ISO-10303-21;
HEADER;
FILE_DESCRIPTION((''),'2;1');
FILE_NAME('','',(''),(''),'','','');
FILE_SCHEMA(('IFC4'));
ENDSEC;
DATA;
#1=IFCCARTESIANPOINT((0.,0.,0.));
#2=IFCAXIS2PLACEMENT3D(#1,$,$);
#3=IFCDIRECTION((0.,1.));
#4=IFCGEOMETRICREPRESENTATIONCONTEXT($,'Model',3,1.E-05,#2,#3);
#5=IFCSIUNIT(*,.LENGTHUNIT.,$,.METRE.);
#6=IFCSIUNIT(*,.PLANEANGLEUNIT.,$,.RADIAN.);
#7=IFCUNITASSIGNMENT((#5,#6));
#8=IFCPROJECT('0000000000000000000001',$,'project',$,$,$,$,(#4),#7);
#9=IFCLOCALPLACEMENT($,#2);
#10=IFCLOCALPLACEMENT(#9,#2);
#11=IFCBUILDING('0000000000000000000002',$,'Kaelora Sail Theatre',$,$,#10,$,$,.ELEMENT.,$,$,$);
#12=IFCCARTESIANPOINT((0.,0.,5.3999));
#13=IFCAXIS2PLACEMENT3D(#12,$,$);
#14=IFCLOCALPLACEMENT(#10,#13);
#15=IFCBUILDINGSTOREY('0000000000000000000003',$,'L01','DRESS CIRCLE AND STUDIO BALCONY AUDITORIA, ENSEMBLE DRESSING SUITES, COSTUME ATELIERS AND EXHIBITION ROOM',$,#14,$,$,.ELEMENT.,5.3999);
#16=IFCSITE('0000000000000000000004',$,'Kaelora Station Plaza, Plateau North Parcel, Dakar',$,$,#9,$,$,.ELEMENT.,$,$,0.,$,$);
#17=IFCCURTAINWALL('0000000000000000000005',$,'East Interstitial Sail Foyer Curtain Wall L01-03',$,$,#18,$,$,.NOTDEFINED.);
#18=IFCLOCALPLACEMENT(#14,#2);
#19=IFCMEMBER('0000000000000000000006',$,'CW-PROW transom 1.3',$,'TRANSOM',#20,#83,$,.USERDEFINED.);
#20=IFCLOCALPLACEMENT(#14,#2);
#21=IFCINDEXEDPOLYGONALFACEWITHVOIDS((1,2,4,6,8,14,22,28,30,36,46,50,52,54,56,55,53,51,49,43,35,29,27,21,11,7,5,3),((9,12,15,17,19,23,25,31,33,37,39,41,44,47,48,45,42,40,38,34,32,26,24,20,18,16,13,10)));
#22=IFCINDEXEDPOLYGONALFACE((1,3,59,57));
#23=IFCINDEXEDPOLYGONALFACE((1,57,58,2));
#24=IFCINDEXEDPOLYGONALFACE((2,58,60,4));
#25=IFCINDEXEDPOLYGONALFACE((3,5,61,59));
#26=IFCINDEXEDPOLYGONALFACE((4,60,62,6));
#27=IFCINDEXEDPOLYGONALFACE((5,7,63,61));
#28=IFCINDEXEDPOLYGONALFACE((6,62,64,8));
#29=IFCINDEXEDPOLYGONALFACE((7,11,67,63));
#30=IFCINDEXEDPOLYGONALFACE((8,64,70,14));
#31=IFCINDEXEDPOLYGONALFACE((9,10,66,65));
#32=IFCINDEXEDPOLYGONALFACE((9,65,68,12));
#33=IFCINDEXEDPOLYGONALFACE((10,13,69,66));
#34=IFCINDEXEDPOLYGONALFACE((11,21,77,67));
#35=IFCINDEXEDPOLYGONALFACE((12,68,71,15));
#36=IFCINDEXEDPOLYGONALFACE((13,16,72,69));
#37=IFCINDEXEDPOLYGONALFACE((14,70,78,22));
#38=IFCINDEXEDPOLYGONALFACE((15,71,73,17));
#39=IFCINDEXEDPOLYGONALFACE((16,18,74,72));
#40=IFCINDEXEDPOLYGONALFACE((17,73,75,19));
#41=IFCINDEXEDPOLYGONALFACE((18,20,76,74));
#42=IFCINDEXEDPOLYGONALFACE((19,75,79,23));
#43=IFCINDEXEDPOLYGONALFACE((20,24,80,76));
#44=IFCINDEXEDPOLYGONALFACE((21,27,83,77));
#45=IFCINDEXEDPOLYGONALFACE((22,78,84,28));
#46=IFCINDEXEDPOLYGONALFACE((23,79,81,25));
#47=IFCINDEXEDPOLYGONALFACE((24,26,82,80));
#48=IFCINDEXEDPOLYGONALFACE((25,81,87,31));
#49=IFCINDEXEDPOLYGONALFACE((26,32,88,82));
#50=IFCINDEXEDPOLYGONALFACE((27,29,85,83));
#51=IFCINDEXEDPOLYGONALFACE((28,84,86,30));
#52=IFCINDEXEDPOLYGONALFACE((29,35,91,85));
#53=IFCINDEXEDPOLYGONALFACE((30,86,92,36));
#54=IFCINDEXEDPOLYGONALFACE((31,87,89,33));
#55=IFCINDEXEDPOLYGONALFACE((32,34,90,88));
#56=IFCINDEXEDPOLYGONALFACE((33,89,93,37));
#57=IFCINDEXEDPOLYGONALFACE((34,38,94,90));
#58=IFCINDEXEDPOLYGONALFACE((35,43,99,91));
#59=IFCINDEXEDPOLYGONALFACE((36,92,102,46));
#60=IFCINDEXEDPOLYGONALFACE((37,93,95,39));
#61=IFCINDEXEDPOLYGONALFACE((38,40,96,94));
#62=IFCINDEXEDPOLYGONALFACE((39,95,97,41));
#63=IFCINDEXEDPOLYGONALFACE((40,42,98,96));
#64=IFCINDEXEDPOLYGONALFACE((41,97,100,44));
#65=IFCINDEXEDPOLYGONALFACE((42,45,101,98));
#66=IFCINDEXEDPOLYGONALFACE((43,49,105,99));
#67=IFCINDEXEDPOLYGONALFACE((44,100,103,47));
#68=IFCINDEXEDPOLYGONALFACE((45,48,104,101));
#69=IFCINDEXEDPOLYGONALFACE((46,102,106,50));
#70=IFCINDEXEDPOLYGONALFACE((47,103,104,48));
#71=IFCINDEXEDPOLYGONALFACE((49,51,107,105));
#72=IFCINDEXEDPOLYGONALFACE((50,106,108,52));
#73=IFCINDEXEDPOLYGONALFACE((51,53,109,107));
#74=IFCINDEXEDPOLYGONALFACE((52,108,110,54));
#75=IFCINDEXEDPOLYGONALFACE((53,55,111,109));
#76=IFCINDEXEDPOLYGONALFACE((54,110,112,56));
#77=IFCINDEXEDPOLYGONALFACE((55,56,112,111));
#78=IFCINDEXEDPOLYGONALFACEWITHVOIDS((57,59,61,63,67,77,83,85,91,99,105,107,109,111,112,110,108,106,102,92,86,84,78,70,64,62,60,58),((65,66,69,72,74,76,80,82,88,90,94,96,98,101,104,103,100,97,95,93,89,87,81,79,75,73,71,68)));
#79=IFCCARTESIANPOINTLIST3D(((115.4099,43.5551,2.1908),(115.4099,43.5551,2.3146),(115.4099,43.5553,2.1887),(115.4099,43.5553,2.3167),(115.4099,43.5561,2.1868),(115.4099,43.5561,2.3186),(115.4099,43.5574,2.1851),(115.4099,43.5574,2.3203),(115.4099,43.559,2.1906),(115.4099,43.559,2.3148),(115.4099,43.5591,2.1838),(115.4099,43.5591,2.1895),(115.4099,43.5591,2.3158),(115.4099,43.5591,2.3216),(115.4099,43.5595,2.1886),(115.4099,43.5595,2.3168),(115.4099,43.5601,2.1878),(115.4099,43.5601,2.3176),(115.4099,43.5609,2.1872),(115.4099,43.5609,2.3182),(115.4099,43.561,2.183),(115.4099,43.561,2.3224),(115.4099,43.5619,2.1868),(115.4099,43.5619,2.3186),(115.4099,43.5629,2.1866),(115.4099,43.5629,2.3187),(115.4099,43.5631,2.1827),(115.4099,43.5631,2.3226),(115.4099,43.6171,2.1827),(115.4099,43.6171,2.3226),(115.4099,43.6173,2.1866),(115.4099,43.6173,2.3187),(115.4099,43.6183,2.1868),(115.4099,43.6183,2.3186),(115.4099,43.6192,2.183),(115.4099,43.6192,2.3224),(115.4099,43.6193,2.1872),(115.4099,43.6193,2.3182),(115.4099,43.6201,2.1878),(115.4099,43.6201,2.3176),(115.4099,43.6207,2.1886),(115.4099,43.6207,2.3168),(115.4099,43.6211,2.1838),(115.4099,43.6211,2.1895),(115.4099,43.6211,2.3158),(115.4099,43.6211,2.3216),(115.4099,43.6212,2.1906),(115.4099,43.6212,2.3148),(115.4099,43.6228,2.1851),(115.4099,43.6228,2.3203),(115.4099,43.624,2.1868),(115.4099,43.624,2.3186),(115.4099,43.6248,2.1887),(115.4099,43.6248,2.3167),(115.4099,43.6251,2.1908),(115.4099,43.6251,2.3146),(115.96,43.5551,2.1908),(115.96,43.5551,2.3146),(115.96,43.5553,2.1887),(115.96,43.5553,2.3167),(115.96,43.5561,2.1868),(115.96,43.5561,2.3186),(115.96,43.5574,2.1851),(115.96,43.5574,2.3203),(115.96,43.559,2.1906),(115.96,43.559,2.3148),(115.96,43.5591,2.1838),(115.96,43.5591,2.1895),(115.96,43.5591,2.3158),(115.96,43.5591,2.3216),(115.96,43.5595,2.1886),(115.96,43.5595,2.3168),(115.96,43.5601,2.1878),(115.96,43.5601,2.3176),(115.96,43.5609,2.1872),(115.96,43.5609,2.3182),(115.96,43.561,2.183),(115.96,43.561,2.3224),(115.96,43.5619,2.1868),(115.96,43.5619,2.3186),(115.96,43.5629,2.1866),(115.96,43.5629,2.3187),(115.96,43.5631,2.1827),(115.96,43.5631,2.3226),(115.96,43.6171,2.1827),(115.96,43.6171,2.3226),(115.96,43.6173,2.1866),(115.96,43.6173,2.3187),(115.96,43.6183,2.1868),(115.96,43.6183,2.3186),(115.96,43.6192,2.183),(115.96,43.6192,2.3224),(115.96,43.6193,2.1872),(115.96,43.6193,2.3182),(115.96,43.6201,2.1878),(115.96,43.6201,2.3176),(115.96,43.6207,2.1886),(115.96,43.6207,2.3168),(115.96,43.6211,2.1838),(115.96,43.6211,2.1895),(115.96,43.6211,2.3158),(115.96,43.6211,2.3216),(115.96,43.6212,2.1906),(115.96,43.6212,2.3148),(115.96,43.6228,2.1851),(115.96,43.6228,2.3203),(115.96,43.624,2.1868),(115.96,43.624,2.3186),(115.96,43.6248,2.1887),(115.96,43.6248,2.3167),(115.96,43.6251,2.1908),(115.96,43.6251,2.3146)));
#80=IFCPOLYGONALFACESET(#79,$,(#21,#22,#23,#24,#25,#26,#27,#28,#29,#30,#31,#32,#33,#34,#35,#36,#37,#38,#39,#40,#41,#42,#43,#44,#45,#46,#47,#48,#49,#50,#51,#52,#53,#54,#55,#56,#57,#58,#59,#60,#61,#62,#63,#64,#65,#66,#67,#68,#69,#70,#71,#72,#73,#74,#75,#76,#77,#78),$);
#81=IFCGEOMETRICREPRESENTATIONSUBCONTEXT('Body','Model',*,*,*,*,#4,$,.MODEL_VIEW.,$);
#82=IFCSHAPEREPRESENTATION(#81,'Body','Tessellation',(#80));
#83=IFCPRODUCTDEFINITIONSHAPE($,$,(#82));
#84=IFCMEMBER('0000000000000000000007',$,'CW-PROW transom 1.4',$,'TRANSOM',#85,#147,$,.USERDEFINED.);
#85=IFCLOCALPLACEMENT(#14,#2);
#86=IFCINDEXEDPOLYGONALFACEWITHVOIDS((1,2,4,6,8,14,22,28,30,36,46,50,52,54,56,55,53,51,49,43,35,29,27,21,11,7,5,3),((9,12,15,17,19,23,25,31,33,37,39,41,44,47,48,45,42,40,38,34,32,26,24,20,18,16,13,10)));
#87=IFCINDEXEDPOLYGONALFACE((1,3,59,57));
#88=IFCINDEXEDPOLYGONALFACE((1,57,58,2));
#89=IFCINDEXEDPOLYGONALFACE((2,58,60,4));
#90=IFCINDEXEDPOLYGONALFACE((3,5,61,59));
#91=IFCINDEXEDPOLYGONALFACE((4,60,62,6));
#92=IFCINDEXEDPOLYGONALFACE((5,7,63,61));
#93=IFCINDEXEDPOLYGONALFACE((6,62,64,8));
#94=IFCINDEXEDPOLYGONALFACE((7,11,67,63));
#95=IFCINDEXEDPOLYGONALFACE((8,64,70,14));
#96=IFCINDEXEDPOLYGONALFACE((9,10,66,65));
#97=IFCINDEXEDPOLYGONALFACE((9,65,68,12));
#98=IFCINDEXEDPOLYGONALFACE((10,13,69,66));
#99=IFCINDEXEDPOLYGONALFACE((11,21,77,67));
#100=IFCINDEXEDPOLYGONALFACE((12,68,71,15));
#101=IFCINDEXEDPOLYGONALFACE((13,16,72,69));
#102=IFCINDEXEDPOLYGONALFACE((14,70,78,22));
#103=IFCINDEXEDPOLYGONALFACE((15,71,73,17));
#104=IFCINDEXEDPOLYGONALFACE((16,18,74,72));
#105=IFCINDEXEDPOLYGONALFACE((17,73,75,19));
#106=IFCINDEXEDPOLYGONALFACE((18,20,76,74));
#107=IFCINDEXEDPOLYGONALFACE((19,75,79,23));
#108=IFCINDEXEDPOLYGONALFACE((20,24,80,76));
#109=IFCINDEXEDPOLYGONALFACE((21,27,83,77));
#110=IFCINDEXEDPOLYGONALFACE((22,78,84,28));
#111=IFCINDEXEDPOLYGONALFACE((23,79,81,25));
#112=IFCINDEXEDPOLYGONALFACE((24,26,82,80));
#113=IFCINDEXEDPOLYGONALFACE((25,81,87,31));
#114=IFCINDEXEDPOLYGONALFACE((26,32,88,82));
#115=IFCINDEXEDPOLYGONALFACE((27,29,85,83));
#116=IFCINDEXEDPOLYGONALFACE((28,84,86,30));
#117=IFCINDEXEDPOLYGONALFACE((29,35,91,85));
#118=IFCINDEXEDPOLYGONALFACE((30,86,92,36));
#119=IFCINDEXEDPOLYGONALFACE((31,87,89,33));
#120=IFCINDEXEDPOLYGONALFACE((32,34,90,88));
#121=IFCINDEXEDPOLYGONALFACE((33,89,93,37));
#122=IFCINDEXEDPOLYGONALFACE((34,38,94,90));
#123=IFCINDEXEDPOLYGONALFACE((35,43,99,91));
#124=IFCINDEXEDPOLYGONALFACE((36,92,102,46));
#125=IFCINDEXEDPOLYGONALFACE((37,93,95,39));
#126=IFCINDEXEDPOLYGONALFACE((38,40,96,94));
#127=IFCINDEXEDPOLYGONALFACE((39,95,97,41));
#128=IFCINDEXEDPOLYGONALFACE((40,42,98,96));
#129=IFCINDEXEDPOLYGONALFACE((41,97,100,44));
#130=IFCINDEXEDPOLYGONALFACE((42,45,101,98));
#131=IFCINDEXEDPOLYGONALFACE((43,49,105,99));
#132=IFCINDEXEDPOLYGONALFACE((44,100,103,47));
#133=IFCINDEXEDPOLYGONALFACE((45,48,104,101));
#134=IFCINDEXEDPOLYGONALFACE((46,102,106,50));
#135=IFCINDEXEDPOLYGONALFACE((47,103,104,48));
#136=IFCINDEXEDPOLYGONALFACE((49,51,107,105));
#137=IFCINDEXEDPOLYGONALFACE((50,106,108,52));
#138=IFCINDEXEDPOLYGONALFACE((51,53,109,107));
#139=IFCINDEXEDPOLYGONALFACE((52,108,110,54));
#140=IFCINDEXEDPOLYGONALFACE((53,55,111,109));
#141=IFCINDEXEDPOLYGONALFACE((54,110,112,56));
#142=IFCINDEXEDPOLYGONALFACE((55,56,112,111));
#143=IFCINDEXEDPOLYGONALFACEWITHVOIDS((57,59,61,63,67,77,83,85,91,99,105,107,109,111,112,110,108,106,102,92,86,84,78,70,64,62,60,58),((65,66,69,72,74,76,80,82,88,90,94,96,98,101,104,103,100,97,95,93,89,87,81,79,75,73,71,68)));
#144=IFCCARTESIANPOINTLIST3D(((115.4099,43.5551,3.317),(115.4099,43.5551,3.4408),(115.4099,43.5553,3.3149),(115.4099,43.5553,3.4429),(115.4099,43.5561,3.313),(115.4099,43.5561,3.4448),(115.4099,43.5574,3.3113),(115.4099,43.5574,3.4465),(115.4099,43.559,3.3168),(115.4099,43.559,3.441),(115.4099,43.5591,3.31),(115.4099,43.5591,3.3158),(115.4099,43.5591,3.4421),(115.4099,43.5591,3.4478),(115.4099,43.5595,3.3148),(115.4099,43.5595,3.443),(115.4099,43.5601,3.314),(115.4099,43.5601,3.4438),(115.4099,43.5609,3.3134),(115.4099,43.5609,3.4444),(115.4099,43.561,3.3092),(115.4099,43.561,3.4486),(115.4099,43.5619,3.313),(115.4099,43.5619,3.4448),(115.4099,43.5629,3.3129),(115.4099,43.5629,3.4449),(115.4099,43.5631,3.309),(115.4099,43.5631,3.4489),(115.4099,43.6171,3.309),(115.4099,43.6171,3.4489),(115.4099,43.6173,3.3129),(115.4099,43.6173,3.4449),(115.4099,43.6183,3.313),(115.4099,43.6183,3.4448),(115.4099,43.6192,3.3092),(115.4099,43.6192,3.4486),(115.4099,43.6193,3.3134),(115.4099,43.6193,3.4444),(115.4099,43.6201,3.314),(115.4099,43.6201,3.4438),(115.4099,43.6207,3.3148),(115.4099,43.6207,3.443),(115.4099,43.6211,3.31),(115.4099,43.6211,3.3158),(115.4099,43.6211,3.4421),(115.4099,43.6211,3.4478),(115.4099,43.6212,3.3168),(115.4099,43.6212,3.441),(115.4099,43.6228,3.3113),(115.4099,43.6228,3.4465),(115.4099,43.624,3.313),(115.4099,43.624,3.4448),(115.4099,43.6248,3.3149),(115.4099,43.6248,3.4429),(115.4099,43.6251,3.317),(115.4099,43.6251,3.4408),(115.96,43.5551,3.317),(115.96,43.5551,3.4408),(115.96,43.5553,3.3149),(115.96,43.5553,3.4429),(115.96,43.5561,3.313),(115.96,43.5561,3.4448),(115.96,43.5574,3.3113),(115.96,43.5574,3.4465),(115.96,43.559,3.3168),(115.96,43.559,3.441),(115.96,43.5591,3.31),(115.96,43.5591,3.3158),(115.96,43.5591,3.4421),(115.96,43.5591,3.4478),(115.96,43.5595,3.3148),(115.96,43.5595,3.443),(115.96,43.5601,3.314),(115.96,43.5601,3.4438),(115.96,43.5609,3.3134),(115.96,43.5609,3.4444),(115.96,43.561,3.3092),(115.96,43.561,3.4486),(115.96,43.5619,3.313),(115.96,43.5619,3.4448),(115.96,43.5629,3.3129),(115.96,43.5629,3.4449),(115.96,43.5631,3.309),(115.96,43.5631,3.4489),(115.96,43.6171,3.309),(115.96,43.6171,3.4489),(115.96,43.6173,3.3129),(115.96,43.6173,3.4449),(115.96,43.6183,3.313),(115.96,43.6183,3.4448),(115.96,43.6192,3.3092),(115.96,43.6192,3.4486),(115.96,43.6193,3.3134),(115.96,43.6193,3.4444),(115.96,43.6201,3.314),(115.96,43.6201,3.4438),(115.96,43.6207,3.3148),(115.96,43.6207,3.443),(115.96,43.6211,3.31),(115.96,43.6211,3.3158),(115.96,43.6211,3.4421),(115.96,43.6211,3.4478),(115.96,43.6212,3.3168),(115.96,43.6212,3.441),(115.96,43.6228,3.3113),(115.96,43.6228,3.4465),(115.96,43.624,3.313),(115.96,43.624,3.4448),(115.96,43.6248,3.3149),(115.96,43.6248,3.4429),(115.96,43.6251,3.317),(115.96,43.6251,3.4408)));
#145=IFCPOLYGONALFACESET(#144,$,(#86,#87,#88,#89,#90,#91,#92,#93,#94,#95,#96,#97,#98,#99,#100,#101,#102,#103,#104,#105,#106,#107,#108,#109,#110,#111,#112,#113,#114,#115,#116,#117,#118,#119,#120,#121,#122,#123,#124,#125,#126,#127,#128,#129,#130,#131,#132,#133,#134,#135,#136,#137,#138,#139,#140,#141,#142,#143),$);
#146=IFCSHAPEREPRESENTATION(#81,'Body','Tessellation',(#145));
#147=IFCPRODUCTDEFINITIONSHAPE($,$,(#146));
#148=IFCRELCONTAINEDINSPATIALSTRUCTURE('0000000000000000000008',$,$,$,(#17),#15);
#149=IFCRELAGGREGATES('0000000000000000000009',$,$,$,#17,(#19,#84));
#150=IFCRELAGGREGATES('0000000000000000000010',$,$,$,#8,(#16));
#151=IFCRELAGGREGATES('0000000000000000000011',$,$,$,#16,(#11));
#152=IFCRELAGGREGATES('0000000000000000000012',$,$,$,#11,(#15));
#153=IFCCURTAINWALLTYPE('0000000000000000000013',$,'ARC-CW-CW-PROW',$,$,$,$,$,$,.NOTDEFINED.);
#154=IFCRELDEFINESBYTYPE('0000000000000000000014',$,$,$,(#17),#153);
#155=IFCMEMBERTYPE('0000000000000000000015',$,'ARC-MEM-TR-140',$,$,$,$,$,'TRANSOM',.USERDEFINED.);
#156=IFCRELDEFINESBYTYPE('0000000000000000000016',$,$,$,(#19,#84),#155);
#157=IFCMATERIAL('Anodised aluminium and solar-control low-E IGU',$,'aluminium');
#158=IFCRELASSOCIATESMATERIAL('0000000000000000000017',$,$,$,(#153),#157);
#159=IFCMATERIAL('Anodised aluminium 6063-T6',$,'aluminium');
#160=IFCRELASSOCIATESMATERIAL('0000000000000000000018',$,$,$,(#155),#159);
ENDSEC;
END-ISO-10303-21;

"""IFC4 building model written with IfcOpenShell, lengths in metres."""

from ifc_helpers import new_model, si_unit, direction, frame, origin, origin_2d, place, context, subcontext, project, spatial, hollow_rectangle, extrude, material, material_profile, profile_set, type_object, element, aggregate, save


model = new_model("IFC4")

# Units and contexts
model_context = context("Model", 3, precision=1e-05, world=origin(), true_north=direction((0.0, 1.0)))
body_context = subcontext(model_context, "Body", "Model", "MODEL_VIEW")
ifc_project = project(units=[si_unit("LENGTHUNIT", "METRE"), si_unit("PLANEANGLEUNIT", "RADIAN")], contexts=[model_context])

# Site, building, storey
site_placement = place(None, origin())
site = spatial("IfcSite", under=ifc_project, at=site_placement, Name="Kaelora Station Plaza, Plateau North Parcel, Dakar", CompositionType="ELEMENT", RefElevation=0.0)
building_placement = place(site_placement, origin())
building = spatial("IfcBuilding", under=site, at=building_placement, Name="Kaelora Sail Theatre", CompositionType="ELEMENT")
storey_placement = place(building_placement, frame((0.0, 0.0, 5.3999)))
storey = spatial("IfcBuildingStorey", under=building, at=storey_placement, Name="L01", Description="DRESS CIRCLE AND STUDIO BALCONY AUDITORIA, ENSEMBLE DRESSING SUITES, COSTUME ATELIERS AND EXHIBITION ROOM", CompositionType="ELEMENT", Elevation=5.3999)

# Shared definitions
ifc_material_1 = material(Name="Anodised aluminium and solar-control low-E IGU", Category="aluminium")
curtain_wall_type = type_object("IfcCurtainWallType", Name="ARC-CW-CW-PROW", PredefinedType="NOTDEFINED", material=ifc_material_1)

# Curtain wall
curtain_wall_1_placement = place(storey_placement, origin())
curtain_wall_1 = element("IfcCurtainWall", 1, at=curtain_wall_1_placement, inside=storey, type_object=curtain_wall_type, Name="East Interstitial Sail Foyer Curtain Wall L01-03", PredefinedType="NOTDEFINED")

# Members
ifc_material_2 = material(Name="Anodised aluminium 6063-T6", Category="aluminium")
ifc_material_profile_1 = material_profile(ifc_material_2, hollow_rectangle(XDim=0.0701, YDim=0.1399, WallThickness=0.0039, InnerFilletRadius=0.0039, OuterFilletRadius=0.0081, at=origin_2d()), Name="ALU-TRAN 70x140x4")
ifc_profile_set_1 = profile_set([ifc_material_profile_1], Name="Anodised aluminium 6063-T6")
member_type_1 = type_object("IfcMemberType", Name="ARC-MEM-TR-140", ElementType="TRANSOM", PredefinedType="USERDEFINED", material=ifc_profile_set_1)
member_1_placement = place(storey_placement, frame((115.4099, 43.5901, 2.2527), z_axis=(1.0, 0.0, 0.0), x_axis=(0.0, 1.0, 0.0)))
member_1 = element("IfcMember", 2, at=member_1_placement, type_object=member_type_1, Name="CW-PROW transom 1.3", ObjectType="TRANSOM", PredefinedType="USERDEFINED", context=body_context, shape_type="SweptSolid", body=[
    extrude(hollow_rectangle(XDim=0.0701, YDim=0.1399, WallThickness=0.0039, InnerFilletRadius=0.0039, OuterFilletRadius=0.0081, at=origin_2d()), origin(), (0.0, 0.0, 1.0), 0.55),
])
member_2_placement = place(storey_placement, frame((115.4099, 43.5901, 3.3789), z_axis=(1.0, 0.0, 0.0), x_axis=(0.0, 1.0, 0.0)))
member_2 = element("IfcMember", 3, at=member_2_placement, type_object=member_type_1, Name="CW-PROW transom 1.4", ObjectType="TRANSOM", PredefinedType="USERDEFINED", context=body_context, shape_type="SweptSolid", body=[
    extrude(hollow_rectangle(XDim=0.0701, YDim=0.1399, WallThickness=0.0039, InnerFilletRadius=0.0039, OuterFilletRadius=0.0081, at=origin_2d()), origin(), (0.0, 0.0, 1.0), 0.55),
])

aggregate(curtain_wall_1, [member_1, member_2])

save(model, "model.ifc")
